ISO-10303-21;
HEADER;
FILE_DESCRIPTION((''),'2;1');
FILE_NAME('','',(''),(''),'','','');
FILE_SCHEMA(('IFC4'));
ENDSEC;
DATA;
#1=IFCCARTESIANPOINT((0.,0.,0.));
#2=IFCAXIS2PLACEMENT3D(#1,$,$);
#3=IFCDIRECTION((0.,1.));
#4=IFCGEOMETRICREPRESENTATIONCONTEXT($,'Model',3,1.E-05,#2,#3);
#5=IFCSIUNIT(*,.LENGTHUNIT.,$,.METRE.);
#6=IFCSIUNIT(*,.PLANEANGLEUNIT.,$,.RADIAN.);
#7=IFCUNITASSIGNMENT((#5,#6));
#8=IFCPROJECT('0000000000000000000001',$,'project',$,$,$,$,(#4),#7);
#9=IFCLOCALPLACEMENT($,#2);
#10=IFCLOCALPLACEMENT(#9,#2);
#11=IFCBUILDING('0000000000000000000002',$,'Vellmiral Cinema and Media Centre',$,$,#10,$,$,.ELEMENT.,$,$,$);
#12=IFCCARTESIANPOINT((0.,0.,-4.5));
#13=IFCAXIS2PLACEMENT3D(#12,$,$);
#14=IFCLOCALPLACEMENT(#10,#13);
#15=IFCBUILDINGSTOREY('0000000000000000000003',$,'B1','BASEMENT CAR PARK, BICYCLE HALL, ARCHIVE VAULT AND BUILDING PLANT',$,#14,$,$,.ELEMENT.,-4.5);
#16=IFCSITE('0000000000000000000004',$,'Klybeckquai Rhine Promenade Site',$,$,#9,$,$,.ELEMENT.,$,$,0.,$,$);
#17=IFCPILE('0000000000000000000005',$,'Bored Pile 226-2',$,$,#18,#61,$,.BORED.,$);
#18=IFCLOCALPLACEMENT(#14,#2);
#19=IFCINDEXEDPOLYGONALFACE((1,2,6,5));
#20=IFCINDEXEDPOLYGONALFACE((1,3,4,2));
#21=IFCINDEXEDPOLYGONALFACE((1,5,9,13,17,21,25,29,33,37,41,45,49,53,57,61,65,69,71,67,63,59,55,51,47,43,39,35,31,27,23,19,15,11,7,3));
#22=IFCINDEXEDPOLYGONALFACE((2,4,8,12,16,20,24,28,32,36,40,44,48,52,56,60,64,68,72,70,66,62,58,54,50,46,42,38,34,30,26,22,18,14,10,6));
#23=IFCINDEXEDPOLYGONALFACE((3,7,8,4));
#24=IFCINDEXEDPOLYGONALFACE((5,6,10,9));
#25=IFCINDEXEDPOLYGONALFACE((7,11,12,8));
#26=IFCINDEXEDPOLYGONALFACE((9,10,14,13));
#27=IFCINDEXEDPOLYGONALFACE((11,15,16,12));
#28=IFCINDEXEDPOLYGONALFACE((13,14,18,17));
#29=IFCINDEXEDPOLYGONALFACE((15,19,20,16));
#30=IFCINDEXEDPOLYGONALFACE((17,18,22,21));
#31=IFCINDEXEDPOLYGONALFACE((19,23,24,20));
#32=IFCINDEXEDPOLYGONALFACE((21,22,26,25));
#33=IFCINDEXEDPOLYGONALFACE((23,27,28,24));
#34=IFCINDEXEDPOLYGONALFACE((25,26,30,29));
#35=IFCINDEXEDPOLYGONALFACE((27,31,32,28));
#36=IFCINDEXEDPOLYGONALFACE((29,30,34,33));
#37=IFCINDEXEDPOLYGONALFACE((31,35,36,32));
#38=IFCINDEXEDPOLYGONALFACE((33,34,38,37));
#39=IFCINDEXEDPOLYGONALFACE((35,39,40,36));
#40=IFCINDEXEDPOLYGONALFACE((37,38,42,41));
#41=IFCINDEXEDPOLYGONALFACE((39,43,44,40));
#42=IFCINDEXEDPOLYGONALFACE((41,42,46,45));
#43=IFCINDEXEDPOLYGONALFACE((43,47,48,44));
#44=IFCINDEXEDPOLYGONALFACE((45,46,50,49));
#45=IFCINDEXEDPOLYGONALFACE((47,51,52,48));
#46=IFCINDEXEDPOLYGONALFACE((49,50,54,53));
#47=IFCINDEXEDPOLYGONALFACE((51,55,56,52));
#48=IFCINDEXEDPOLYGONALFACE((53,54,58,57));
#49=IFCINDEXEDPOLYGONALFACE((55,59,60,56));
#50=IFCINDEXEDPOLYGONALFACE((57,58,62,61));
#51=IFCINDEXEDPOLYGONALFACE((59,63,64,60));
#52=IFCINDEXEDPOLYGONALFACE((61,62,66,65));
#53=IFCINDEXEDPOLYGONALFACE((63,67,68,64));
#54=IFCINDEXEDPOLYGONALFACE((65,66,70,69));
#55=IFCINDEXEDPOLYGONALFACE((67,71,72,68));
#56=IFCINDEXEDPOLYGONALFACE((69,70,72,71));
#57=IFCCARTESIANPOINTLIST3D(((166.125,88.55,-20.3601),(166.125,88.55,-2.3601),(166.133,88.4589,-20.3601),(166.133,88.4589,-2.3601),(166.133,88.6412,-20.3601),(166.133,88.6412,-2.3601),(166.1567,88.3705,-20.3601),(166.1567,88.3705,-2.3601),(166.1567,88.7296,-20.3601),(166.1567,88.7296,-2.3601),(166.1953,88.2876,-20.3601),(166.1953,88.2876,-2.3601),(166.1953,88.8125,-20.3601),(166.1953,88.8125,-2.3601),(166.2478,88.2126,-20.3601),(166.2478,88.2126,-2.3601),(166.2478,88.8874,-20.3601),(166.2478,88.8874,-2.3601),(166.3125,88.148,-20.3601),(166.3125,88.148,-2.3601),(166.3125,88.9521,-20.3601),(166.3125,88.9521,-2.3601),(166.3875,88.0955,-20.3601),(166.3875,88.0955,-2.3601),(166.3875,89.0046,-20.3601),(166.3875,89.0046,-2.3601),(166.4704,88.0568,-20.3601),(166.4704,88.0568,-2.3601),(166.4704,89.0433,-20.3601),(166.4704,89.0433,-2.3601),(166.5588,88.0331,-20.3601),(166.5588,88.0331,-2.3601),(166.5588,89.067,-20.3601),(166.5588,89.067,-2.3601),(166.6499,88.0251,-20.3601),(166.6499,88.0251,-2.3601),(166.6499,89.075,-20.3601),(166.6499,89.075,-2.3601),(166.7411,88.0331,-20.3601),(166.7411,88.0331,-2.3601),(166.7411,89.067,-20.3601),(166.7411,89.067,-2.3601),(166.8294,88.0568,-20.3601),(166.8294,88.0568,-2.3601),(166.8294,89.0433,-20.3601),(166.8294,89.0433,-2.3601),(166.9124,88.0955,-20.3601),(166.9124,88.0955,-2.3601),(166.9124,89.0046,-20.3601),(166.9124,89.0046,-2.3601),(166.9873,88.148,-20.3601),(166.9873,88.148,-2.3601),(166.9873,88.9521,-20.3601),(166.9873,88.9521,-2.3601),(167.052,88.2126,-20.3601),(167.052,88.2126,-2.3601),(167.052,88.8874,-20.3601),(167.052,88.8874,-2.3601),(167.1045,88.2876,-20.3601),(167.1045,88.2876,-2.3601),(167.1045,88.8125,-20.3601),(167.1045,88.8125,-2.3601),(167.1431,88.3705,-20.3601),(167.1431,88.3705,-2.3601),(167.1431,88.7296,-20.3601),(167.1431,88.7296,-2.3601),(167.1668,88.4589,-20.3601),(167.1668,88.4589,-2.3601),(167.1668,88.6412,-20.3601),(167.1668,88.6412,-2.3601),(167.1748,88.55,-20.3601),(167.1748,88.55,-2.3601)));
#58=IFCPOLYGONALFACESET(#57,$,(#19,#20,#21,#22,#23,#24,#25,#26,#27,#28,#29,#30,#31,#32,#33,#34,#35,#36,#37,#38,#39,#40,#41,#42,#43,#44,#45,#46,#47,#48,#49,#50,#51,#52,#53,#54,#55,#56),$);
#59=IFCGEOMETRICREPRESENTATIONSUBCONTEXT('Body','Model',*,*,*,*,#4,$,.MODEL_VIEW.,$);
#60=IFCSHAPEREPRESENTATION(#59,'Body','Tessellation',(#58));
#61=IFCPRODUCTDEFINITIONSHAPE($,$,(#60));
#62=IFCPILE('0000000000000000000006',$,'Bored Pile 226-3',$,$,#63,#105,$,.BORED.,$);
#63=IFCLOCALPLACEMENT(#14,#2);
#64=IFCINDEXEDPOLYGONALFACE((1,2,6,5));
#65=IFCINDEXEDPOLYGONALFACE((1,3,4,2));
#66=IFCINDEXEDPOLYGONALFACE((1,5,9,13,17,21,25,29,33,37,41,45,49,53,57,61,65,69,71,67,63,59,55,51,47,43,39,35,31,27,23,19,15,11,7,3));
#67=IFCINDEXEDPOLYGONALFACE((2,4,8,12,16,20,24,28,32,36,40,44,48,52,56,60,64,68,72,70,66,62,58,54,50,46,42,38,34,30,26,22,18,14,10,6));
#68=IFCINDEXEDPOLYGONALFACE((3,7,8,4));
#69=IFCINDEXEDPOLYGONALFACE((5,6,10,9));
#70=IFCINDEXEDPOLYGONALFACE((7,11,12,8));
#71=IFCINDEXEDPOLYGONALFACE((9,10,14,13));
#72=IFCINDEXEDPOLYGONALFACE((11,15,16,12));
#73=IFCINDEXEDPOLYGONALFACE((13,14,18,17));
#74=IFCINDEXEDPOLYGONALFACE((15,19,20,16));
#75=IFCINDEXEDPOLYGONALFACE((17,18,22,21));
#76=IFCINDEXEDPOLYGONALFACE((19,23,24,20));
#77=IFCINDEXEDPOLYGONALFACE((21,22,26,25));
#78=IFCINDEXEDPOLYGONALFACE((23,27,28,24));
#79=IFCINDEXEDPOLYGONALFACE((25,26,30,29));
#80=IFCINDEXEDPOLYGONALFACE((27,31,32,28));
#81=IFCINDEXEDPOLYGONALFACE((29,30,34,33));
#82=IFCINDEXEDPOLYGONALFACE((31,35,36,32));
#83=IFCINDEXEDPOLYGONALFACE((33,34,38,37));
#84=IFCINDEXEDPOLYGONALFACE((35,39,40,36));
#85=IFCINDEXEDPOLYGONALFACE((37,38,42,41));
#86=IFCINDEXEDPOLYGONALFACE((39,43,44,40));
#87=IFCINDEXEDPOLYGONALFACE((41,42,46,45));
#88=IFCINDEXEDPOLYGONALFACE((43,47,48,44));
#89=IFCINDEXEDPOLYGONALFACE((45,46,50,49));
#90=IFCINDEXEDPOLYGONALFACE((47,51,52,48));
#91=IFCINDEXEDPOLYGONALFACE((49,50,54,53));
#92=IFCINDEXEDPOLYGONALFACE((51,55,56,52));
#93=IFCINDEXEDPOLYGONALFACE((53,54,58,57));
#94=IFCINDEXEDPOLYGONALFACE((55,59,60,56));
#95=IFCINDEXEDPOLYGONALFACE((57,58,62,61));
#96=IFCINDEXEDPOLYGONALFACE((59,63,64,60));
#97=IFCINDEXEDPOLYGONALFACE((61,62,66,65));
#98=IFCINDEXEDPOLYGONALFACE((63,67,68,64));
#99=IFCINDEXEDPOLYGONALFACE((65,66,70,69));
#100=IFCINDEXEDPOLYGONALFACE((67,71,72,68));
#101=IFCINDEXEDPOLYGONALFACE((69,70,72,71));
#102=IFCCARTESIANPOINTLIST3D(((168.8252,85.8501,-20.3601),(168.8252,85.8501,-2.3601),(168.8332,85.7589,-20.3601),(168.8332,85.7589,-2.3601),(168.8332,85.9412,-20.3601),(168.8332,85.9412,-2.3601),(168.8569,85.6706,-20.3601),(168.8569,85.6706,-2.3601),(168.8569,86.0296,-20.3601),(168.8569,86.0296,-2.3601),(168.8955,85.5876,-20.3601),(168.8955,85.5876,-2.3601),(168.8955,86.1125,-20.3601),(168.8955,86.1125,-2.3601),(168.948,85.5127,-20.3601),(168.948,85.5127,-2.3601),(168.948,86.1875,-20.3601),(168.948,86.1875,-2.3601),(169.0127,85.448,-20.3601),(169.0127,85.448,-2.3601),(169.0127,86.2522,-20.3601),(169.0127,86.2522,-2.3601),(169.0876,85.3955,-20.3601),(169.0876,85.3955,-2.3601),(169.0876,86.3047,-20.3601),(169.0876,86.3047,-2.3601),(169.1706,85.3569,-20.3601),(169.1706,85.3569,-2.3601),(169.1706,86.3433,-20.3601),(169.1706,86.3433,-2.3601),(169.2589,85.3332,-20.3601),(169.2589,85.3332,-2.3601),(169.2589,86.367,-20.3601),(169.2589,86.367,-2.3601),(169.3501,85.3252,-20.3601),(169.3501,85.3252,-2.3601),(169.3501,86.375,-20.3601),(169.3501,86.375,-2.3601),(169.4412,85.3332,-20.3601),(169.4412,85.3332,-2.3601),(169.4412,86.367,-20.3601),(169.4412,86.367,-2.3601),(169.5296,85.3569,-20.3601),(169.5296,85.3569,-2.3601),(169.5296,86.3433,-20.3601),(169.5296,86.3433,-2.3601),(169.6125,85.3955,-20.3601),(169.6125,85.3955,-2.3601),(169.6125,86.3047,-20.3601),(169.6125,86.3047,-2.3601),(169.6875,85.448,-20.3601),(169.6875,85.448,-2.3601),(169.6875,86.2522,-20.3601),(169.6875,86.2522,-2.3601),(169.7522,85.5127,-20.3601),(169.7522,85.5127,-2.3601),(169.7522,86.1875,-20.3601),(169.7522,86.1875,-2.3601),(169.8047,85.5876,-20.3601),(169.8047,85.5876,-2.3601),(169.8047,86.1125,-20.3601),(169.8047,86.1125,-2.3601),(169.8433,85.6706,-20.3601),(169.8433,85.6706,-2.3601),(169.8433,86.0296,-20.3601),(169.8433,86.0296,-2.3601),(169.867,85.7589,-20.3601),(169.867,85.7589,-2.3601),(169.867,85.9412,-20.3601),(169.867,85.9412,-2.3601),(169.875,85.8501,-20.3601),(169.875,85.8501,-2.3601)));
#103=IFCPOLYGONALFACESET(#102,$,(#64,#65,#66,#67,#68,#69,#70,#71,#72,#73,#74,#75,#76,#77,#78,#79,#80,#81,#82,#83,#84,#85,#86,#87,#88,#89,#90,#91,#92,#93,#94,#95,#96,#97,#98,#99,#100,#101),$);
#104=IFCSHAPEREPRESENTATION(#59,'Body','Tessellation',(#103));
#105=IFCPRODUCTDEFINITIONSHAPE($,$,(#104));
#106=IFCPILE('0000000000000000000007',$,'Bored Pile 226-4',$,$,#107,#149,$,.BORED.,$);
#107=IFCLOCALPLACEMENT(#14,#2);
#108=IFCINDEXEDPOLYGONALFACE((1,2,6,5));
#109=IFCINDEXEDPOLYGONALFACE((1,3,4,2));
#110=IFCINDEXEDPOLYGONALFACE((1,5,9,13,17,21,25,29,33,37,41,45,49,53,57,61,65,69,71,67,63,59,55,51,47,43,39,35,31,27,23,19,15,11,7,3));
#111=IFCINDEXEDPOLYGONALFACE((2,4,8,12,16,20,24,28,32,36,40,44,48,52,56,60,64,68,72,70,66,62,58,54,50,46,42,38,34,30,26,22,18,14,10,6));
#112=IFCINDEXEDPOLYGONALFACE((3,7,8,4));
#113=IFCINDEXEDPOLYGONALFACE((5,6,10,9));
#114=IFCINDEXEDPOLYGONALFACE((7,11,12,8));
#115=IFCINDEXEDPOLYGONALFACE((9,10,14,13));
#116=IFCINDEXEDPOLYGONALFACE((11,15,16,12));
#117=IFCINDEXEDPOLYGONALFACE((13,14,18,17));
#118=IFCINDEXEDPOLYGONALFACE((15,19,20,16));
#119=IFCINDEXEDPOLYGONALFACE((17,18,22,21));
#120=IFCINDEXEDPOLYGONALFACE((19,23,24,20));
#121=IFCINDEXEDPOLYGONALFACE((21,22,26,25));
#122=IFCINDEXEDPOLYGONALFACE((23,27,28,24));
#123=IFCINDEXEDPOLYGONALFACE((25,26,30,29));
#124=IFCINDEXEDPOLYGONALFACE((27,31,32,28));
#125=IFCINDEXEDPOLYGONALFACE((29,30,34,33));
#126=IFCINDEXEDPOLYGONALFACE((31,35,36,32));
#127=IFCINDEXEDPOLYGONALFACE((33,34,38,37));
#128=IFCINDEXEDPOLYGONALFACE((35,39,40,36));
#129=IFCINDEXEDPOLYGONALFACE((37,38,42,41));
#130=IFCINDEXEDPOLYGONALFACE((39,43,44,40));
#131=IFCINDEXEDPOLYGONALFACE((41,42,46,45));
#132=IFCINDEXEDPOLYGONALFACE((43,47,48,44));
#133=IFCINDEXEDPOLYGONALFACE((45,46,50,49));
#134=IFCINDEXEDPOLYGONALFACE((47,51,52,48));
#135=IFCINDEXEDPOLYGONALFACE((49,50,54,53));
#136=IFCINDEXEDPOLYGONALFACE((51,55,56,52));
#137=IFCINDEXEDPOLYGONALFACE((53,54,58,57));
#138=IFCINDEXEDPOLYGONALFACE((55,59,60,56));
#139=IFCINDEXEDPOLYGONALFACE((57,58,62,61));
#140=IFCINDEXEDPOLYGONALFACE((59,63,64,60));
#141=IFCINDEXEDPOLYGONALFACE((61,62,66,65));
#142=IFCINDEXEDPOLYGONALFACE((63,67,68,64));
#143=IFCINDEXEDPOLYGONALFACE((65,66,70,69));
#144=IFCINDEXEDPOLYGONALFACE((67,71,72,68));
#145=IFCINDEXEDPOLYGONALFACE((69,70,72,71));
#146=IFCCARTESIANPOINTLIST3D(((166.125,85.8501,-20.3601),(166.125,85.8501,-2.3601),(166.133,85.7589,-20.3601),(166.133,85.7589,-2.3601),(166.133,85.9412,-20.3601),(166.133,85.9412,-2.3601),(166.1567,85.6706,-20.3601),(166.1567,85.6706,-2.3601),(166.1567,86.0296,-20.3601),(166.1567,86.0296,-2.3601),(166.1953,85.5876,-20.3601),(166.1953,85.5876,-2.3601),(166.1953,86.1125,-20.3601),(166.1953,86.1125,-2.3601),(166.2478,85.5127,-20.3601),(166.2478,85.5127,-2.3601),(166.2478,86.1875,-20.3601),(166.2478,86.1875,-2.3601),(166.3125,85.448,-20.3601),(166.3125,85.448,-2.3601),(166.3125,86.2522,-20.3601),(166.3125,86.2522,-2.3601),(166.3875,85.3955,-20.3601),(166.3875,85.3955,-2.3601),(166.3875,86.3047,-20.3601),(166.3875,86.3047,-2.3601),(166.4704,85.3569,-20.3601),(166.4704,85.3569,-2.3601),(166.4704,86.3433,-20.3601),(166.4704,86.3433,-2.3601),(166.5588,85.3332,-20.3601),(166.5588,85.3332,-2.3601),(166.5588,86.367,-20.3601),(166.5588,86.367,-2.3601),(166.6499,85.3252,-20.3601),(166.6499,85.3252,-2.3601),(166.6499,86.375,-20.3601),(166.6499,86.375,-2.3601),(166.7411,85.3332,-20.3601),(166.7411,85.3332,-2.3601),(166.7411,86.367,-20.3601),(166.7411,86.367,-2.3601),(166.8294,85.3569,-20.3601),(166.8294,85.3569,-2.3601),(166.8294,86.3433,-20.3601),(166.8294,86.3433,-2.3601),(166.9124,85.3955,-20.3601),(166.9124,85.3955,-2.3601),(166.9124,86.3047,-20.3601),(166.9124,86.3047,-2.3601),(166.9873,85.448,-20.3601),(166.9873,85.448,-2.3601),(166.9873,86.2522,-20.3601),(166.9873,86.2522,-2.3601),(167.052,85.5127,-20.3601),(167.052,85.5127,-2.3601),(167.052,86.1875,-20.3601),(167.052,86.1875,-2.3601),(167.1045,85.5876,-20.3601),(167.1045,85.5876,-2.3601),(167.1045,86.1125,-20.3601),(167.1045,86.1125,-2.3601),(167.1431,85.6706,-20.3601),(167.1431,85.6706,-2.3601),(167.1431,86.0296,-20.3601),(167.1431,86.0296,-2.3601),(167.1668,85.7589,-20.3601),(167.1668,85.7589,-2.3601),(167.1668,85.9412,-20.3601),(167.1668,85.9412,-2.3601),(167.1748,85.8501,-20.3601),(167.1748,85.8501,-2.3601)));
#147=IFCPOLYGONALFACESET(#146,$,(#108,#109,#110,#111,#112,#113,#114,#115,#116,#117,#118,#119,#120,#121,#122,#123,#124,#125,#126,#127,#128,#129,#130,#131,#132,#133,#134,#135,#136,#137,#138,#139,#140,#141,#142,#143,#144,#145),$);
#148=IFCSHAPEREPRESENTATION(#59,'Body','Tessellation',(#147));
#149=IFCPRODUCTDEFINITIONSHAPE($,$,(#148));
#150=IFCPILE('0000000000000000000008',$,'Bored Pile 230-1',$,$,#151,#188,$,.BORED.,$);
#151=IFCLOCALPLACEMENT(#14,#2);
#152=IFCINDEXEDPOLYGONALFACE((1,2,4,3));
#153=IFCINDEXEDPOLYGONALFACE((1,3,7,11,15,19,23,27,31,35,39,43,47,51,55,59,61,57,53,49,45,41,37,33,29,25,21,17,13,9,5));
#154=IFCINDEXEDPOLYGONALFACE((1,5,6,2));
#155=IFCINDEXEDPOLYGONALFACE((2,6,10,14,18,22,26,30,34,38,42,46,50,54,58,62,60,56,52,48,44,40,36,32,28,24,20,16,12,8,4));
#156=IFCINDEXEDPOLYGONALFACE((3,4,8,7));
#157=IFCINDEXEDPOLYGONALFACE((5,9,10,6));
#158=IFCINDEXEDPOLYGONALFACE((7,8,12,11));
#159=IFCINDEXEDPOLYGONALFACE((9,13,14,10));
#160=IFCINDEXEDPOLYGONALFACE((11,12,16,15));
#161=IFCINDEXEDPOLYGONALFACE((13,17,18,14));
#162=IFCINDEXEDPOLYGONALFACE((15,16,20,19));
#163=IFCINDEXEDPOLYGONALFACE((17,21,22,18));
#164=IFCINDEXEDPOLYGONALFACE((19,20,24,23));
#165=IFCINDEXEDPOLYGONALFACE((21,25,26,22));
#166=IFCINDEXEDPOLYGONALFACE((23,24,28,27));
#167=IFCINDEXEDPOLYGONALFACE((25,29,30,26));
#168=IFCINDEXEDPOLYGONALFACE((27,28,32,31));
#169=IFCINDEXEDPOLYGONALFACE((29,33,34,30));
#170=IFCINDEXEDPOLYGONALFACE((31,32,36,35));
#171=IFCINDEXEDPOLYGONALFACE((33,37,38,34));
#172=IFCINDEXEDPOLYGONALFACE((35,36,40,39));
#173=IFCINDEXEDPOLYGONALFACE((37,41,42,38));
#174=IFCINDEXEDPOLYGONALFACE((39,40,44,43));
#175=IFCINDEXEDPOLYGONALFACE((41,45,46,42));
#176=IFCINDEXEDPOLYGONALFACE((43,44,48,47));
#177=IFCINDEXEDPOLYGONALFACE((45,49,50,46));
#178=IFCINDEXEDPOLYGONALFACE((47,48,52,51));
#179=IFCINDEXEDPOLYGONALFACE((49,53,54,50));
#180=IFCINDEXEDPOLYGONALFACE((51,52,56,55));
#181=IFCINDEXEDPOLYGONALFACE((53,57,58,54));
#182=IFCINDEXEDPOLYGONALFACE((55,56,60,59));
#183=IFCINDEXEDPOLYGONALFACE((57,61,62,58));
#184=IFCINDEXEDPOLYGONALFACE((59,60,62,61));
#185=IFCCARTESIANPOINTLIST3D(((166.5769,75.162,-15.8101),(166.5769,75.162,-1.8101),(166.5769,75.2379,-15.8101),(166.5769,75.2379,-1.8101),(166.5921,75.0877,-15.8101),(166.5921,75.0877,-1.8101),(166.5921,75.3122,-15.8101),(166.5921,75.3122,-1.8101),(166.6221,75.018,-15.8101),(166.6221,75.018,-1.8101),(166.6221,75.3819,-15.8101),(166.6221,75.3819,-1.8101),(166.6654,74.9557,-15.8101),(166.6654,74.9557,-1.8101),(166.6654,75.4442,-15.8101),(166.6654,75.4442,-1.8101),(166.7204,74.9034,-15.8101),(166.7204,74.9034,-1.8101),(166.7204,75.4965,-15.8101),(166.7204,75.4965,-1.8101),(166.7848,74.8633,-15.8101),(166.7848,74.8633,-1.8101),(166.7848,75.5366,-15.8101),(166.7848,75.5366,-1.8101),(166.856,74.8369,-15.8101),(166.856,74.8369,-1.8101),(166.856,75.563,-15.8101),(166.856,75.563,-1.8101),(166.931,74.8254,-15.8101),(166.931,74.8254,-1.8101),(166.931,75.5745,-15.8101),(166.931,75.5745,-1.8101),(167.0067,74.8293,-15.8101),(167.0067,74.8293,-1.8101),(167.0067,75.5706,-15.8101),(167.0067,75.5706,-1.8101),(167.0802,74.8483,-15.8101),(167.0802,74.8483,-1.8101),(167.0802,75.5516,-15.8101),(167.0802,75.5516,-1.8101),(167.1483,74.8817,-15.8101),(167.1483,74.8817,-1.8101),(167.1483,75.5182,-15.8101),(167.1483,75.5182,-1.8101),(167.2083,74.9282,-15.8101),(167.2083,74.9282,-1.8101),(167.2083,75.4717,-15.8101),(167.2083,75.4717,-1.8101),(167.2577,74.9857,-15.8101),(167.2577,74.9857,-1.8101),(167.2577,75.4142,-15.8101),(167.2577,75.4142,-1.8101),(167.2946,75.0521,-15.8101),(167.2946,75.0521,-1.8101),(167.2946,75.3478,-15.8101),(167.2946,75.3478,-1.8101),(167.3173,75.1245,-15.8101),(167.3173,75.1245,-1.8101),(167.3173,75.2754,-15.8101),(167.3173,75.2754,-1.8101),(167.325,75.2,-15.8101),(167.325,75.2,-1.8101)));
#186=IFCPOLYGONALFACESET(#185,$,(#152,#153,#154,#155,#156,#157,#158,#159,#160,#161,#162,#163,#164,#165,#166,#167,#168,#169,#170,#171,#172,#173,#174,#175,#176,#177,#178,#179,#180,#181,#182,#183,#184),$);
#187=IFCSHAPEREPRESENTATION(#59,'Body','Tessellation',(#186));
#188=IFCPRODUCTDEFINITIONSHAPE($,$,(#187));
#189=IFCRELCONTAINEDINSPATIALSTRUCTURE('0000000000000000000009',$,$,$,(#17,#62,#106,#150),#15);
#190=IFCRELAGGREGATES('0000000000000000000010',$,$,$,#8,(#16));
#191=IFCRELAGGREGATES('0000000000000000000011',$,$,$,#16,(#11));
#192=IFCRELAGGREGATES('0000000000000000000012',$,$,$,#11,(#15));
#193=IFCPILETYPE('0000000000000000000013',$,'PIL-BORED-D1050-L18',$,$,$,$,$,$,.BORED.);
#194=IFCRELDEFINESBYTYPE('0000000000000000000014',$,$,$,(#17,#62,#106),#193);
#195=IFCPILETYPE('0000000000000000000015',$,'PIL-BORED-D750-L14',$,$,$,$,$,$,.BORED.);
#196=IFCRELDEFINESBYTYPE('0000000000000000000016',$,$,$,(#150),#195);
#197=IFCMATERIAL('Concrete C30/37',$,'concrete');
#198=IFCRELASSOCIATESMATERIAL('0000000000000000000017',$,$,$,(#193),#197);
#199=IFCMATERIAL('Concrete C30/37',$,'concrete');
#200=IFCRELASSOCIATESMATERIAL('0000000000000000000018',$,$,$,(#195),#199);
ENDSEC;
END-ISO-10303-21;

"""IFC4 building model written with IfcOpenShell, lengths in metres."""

from ifc_helpers import new_model, si_unit, direction, frame, origin, origin_2d, place, context, subcontext, project, spatial, circle, extrude, material, material_profile, profile_set, type_object, element, save


model = new_model("IFC4")

# Units and contexts
model_context = context("Model", 3, precision=1e-05, world=origin(), true_north=direction((0.0, 1.0)))
body_context = subcontext(model_context, "Body", "Model", "MODEL_VIEW")
ifc_project = project(units=[si_unit("LENGTHUNIT", "METRE"), si_unit("PLANEANGLEUNIT", "RADIAN")], contexts=[model_context])

# Site, building, storey
site_placement = place(None, origin())
site = spatial("IfcSite", under=ifc_project, at=site_placement, Name="Klybeckquai Rhine Promenade Site", CompositionType="ELEMENT", RefElevation=0.0)
building_placement = place(site_placement, origin())
building = spatial("IfcBuilding", under=site, at=building_placement, Name="Vellmiral Cinema and Media Centre", CompositionType="ELEMENT")
storey_placement = place(building_placement, frame((0.0, 0.0, -4.5)))
storey = spatial("IfcBuildingStorey", under=building, at=storey_placement, Name="B1", Description="BASEMENT CAR PARK, BICYCLE HALL, ARCHIVE VAULT AND BUILDING PLANT", CompositionType="ELEMENT", Elevation=-4.5)

# Piles
ifc_material_1 = material(Name="Concrete C30/37", Category="concrete")
ifc_material_profile_1 = material_profile(ifc_material_1, circle(Radius=0.5249, at=origin_2d()), Name="PILE D1050")
ifc_profile_set_1 = profile_set([ifc_material_profile_1], Name="Concrete C30/37")
pile_type_1 = type_object("IfcPileType", Name="PIL-BORED-D1050-L18", PredefinedType="BORED", material=ifc_profile_set_1)
for number, where, z_axis, x_axis, name in (
    (1, (166.6499, 88.55, -2.3601), (0.0, 0.0, -1.0), (1.0, 0.0, 0.0), "Bored Pile 226-2"),
    (2, (169.3501, 85.8501, -2.3601), (0.0, 0.0, -1.0), (1.0, 0.0, 0.0), "Bored Pile 226-3"),
    (3, (166.6499, 85.8501, -2.3601), (0.0, 0.0, -1.0), (1.0, 0.0, 0.0), "Bored Pile 226-4"),
):
    element("IfcPile", number, at=place(storey_placement, frame(where, z_axis=z_axis, x_axis=x_axis)), inside=storey, type_object=pile_type_1, Name=name, PredefinedType="BORED", context=body_context, shape_type="SweptSolid", body=[
        extrude(circle(Radius=0.5249, at=origin_2d()), origin(), (0.0, 0.0, 1.0), 18.0),
    ])
ifc_material_2 = material(Name="Concrete C30/37", Category="concrete")
ifc_material_profile_2 = material_profile(ifc_material_2, circle(Radius=0.375, at=origin_2d()), Name="PILE D750")
ifc_profile_set_2 = profile_set([ifc_material_profile_2], Name="Concrete C30/37")
pile_type_2 = type_object("IfcPileType", Name="PIL-BORED-D750-L14", PredefinedType="BORED", material=ifc_profile_set_2)
for number, where, z_axis, x_axis, name in (
    (4, (166.95, 75.2, -1.8101), (0.0, 0.0, -1.0), (1.0, 0.0, 0.0), "Bored Pile 230-1"),
):
    element("IfcPile", number, at=place(storey_placement, frame(where, z_axis=z_axis, x_axis=x_axis)), inside=storey, type_object=pile_type_2, Name=name, PredefinedType="BORED", context=body_context, shape_type="SweptSolid", body=[
        extrude(circle(Radius=0.375, at=origin_2d()), origin(), (0.0, 0.0, 1.0), 14.0),
    ])

save(model, "model.ifc")
